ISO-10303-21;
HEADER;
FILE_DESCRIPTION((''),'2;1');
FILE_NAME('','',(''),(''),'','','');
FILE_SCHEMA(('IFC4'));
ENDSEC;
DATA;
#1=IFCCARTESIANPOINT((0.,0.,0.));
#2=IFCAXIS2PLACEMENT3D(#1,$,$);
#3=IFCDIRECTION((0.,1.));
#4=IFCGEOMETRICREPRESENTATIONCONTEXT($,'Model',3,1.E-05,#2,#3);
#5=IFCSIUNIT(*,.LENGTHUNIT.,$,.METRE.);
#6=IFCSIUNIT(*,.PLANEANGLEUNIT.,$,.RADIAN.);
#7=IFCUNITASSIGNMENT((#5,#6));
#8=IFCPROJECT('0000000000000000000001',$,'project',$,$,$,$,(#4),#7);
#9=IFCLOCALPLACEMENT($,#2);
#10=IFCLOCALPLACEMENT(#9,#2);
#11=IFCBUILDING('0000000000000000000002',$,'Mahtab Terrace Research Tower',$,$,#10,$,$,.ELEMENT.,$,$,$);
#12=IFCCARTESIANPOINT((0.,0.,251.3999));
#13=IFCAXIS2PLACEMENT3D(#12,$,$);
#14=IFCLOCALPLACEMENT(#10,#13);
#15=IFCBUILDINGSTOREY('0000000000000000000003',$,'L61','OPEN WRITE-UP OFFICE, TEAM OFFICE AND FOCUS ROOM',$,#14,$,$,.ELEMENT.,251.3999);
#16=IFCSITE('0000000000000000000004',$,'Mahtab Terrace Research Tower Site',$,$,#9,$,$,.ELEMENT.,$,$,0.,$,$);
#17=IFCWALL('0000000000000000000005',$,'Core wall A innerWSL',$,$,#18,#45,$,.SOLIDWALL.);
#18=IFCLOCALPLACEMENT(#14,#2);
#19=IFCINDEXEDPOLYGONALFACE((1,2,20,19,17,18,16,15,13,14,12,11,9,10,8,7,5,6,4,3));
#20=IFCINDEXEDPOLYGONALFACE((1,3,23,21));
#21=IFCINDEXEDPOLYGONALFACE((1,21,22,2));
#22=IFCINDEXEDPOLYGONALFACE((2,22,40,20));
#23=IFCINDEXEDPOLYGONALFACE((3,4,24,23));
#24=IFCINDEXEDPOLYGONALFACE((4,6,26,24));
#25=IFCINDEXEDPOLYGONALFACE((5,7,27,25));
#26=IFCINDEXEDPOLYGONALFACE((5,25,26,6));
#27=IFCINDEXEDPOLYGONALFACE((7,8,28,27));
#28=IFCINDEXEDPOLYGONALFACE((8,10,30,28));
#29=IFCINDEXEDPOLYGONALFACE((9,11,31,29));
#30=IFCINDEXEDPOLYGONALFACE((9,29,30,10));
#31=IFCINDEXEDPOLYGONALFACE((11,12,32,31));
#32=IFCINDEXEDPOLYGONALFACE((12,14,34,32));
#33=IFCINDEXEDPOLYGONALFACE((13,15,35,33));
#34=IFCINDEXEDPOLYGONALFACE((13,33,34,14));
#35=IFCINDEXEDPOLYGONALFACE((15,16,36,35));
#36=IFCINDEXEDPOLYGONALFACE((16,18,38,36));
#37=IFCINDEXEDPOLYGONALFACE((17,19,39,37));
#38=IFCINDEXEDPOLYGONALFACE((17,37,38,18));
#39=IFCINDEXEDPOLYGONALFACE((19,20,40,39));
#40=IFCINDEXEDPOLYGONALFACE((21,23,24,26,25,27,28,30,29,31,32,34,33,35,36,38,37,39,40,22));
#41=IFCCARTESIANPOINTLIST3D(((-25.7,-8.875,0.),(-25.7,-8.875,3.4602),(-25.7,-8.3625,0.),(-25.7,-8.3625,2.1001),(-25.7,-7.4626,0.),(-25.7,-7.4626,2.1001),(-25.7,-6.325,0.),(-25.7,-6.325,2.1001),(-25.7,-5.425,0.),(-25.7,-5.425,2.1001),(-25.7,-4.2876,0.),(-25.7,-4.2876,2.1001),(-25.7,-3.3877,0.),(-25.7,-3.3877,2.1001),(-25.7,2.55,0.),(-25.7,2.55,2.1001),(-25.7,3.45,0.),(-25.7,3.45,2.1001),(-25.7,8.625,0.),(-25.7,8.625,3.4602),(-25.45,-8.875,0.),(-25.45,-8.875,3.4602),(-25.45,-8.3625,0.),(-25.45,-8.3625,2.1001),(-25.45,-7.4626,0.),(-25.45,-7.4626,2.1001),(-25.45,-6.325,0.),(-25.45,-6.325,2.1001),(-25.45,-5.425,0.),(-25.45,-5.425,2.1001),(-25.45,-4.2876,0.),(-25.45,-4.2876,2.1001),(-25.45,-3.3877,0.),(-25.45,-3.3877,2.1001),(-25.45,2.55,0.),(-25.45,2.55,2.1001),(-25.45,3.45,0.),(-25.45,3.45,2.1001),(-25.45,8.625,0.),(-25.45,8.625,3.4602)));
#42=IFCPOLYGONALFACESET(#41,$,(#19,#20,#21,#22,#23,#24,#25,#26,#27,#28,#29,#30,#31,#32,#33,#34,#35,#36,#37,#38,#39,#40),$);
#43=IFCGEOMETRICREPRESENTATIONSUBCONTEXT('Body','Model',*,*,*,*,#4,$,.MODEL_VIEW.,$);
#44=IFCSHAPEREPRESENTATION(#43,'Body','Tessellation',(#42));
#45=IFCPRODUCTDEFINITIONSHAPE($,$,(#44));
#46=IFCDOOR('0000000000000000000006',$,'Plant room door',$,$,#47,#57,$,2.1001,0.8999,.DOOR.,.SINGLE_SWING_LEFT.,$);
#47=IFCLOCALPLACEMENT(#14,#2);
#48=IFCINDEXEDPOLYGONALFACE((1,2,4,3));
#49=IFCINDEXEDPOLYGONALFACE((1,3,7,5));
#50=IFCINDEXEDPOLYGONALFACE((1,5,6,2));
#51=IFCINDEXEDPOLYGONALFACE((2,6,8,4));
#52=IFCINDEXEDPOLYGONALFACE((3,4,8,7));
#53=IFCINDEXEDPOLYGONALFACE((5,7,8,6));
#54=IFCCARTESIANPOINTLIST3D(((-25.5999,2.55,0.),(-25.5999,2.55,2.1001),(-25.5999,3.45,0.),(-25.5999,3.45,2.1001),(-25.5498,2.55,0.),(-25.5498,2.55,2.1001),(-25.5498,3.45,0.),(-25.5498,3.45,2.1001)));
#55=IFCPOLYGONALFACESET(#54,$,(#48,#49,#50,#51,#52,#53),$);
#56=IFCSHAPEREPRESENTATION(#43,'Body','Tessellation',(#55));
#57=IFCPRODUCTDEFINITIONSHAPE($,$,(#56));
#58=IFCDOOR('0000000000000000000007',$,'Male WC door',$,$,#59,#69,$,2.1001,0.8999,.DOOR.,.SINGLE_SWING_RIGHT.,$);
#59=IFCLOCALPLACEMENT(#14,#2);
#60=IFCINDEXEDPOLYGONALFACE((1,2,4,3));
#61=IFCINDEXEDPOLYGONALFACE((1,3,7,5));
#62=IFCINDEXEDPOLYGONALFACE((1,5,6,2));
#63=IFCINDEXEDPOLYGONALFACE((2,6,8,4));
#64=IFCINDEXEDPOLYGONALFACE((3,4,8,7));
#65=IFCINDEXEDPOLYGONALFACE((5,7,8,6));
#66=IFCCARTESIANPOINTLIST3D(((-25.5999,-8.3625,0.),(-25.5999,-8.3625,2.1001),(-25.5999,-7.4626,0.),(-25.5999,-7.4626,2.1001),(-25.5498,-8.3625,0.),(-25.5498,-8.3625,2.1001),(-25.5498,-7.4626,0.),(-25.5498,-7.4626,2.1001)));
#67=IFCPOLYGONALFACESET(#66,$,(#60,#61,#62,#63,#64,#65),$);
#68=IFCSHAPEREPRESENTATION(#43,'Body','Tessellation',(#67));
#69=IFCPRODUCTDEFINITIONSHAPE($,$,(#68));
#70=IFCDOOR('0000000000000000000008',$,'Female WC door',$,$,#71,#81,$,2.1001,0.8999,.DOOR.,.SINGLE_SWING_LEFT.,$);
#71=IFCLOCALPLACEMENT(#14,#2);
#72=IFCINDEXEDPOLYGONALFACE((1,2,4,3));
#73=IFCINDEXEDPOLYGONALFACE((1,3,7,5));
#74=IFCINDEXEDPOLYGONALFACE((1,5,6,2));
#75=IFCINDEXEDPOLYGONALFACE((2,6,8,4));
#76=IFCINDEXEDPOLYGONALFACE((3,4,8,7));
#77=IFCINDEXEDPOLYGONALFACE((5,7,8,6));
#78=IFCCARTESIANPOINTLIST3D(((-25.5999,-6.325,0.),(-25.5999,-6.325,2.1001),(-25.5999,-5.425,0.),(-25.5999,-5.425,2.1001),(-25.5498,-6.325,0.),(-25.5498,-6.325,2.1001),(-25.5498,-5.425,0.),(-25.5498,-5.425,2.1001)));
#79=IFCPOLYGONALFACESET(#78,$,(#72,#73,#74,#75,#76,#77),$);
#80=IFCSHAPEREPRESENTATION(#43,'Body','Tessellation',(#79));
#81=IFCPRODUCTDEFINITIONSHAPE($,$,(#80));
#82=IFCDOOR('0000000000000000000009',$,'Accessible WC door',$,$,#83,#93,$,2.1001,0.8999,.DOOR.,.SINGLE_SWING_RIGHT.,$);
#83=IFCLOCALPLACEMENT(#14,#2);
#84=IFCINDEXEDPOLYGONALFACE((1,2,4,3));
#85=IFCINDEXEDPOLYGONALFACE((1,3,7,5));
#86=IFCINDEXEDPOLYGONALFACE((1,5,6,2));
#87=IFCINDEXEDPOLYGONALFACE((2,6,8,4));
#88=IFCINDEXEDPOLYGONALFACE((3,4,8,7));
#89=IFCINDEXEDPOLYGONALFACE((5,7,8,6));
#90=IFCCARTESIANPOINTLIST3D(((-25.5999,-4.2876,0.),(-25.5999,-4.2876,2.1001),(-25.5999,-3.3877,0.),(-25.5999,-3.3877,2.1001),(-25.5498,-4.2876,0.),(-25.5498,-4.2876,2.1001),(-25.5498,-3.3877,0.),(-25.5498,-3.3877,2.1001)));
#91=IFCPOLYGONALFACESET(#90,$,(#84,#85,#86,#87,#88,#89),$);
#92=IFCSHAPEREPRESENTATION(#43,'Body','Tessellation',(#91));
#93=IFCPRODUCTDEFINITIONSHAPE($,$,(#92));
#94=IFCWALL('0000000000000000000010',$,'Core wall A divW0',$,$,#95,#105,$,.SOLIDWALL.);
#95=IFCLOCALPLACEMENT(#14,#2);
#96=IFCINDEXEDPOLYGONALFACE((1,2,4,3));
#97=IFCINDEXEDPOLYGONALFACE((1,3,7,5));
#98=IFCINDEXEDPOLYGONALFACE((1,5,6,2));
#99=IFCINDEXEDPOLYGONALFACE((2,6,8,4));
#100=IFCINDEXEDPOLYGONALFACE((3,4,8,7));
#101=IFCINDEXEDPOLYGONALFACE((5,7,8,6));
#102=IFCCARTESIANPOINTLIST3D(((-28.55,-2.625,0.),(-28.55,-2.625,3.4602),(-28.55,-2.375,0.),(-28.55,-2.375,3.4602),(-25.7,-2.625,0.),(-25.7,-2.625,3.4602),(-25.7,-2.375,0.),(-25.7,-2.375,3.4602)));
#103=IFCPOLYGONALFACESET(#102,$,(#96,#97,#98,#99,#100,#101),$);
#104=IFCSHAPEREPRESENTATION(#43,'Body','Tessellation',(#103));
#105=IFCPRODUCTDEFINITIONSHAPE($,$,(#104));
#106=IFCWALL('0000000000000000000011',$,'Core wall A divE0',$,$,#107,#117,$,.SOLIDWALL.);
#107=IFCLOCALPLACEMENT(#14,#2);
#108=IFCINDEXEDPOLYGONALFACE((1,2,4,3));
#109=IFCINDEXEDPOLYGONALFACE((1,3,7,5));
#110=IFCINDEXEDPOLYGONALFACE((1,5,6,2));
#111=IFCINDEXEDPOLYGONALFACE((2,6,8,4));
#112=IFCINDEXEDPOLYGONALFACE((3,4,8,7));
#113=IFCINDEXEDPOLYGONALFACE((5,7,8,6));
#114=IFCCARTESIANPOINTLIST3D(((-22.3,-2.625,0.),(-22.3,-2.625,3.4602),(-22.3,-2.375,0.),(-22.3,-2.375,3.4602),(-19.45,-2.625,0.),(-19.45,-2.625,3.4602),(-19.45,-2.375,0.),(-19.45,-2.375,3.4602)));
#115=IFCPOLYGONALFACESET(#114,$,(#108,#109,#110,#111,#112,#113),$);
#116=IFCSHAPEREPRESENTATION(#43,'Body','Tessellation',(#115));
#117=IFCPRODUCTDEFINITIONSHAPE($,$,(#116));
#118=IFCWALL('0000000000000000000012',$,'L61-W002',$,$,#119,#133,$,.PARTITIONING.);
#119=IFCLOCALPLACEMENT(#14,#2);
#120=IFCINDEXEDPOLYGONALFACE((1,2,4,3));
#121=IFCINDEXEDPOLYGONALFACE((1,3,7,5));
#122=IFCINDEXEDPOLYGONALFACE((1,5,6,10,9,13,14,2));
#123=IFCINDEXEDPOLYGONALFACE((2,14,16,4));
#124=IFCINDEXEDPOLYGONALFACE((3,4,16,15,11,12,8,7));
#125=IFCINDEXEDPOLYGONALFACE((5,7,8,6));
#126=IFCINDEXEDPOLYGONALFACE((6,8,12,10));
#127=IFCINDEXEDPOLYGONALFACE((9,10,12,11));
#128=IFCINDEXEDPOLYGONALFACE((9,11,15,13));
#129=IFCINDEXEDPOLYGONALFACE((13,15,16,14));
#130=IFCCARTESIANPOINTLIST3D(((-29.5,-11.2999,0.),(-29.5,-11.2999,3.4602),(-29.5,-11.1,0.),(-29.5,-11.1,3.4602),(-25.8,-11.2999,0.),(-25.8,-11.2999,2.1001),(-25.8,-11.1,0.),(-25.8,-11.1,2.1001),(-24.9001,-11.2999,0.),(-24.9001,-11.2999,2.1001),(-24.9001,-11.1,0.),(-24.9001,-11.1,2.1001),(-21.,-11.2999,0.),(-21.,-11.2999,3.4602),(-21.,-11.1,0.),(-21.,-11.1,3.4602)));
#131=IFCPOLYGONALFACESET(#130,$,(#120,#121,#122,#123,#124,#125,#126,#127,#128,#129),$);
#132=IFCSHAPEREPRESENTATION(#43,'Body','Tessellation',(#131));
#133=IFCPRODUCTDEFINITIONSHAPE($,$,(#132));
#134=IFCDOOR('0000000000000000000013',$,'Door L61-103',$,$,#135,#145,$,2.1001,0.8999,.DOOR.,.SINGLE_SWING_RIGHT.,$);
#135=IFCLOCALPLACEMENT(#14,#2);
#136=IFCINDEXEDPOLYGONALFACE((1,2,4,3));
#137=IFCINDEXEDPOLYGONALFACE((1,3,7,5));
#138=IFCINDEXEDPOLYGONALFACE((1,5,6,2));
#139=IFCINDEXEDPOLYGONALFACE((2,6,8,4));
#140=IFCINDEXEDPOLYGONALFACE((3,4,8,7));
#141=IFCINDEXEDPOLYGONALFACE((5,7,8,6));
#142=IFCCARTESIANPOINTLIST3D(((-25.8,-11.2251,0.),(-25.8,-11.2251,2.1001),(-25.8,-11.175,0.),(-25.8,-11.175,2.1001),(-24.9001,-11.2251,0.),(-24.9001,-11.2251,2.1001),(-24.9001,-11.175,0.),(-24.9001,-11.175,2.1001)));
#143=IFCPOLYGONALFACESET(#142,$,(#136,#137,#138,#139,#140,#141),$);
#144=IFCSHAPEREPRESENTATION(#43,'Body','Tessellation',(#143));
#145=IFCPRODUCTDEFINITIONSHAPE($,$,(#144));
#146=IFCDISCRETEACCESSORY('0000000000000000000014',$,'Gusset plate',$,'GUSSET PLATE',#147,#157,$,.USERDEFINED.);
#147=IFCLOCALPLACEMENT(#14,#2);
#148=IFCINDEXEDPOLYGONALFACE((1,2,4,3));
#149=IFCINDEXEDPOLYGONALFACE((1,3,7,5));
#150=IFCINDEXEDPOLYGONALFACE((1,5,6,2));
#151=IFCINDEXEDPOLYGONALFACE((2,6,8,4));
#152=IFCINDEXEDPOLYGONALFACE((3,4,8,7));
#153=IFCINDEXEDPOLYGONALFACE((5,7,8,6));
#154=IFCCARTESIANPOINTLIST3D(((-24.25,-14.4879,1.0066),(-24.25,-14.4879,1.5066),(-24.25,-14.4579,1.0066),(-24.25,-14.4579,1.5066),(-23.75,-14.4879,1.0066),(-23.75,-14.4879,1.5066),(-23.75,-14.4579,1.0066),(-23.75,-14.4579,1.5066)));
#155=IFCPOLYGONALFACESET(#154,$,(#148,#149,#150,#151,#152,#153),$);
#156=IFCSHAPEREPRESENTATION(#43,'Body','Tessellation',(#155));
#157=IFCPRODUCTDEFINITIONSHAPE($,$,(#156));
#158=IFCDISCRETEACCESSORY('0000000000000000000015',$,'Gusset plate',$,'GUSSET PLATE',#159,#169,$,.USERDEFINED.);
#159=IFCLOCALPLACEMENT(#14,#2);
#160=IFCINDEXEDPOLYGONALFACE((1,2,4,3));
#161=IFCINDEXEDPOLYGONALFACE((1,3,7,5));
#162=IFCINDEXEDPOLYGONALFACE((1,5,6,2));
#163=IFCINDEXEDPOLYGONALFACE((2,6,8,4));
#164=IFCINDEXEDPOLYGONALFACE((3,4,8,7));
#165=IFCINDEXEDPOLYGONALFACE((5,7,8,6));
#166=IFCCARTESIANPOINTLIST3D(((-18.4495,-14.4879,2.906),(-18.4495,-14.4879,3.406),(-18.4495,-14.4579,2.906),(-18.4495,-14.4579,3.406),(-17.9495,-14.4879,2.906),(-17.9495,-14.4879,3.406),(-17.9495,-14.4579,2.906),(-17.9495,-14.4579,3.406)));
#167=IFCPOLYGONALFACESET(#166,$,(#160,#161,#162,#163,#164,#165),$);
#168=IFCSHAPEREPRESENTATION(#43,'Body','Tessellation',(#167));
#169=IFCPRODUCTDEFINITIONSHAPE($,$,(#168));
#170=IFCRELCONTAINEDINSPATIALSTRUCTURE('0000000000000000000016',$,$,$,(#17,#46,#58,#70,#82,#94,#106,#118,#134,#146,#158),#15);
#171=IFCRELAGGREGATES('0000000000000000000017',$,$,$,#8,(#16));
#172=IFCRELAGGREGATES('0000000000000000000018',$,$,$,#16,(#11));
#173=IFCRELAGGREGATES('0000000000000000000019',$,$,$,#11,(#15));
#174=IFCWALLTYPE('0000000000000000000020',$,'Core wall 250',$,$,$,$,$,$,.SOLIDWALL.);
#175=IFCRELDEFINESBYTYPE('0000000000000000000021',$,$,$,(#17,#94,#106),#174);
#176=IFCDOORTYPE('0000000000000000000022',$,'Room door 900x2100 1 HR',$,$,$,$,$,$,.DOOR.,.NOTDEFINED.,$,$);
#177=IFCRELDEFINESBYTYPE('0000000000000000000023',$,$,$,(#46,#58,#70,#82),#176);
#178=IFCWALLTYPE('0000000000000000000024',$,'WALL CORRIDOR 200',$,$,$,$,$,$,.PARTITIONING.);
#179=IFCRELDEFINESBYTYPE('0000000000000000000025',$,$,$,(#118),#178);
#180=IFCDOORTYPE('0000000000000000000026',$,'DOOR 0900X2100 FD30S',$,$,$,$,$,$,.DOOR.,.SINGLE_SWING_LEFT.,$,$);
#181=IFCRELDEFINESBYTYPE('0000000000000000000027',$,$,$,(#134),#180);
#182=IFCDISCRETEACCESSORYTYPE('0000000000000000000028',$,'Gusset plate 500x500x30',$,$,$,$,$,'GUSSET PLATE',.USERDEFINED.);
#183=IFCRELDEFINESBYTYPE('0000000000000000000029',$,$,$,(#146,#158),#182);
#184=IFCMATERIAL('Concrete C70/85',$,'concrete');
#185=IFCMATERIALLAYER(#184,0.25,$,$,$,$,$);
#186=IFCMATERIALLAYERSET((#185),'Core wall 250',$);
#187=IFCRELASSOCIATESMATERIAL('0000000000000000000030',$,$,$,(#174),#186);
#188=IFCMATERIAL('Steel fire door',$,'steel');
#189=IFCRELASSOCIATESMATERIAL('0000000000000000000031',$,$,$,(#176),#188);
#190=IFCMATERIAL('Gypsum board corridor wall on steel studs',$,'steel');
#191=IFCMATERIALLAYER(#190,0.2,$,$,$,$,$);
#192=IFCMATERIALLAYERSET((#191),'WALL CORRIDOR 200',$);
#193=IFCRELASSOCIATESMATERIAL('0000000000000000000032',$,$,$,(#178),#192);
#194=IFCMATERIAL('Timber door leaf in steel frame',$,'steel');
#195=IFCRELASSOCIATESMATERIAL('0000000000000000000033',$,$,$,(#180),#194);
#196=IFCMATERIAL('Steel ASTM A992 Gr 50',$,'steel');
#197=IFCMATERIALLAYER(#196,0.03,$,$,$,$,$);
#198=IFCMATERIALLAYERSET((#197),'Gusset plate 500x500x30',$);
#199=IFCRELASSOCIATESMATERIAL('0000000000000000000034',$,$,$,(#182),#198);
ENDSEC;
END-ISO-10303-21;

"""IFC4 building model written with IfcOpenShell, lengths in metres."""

from ifc_helpers import new_model, si_unit, direction, frame, frame_2d, origin, origin_2d, place, context, subcontext, project, spatial, rectangle, extrude, material, layer, layer_set, type_object, element, fill, save


model = new_model("IFC4")

# Units and contexts
model_context = context("Model", 3, precision=1e-05, world=origin(), true_north=direction((0.0, 1.0)))
body_context = subcontext(model_context, "Body", "Model", "MODEL_VIEW")
ifc_project = project(units=[si_unit("LENGTHUNIT", "METRE"), si_unit("PLANEANGLEUNIT", "RADIAN")], contexts=[model_context])

# Site, building, storey
site_placement = place(None, origin())
site = spatial("IfcSite", under=ifc_project, at=site_placement, Name="Mahtab Terrace Research Tower Site", CompositionType="ELEMENT", RefElevation=0.0)
building_placement = place(site_placement, origin())
building = spatial("IfcBuilding", under=site, at=building_placement, Name="Mahtab Terrace Research Tower", CompositionType="ELEMENT")
storey_placement = place(building_placement, frame((0.0, 0.0, 251.3999)))
storey = spatial("IfcBuildingStorey", under=building, at=storey_placement, Name="L61", Description="OPEN WRITE-UP OFFICE, TEAM OFFICE AND FOCUS ROOM", CompositionType="ELEMENT", Elevation=251.3999)

# Shared definitions
ifc_material_1 = material(Name="Concrete C70/85", Category="concrete")
ifc_material_2 = material(Name="Steel ASTM A992 Gr 50", Category="steel")

# Shared definitions
ifc_layer_1 = layer(ifc_material_1, 0.25)
ifc_layer_set_1 = layer_set([ifc_layer_1], Name="Core wall 250")
wall_type_1 = type_object("IfcWallType", Name="Core wall 250", PredefinedType="SOLIDWALL", material=ifc_layer_set_1)

# Shared definitions
ifc_material_3 = material(Name="Steel fire door", Category="steel")

# Wall, openings, doors
wall_1_placement = place(storey_placement, frame((-25.575, -8.875, 0.0), z_axis=(0.0, 0.0, 1.0), x_axis=(0.0, 1.0, 0.0)))
wall_1 = element("IfcWall", 1, at=wall_1_placement, inside=storey, type_object=wall_type_1, Name="Core wall A innerWSL", PredefinedType="SOLIDWALL", context=body_context, shape_type="SweptSolid", body=[
    extrude(rectangle(XDim=17.5, YDim=0.25, at=frame_2d((8.75, 0.0))), origin(), (0.0, 0.0, 1.0), 3.4602),
])
opening_1_placement = place(wall_1_placement, frame((11.425, 0.0, 0.0)))
opening_1 = element("IfcOpeningElement", 2, at=opening_1_placement, cuts=wall_1, PredefinedType="OPENING", context=body_context, shape_type="SweptSolid", body=[
    extrude(rectangle(XDim=0.8999, YDim=2.1001, at=frame_2d((0.45, 1.05))), frame((0.0, 0.135, 0.0), z_axis=(0.0, -1.0, 0.0), x_axis=(1.0, 0.0, 0.0)), (0.0, 0.0, 1.0), 0.27),
])
opening_2_placement = place(wall_1_placement, frame((0.5125, 0.0, 0.0)))
opening_2 = element("IfcOpeningElement", 3, at=opening_2_placement, cuts=wall_1, PredefinedType="OPENING", context=body_context, shape_type="SweptSolid", body=[
    extrude(rectangle(XDim=0.8999, YDim=2.1001, at=frame_2d((0.45, 1.05))), frame((0.0, 0.135, 0.0), z_axis=(0.0, -1.0, 0.0), x_axis=(1.0, 0.0, 0.0)), (0.0, 0.0, 1.0), 0.27),
])
opening_3_placement = place(wall_1_placement, frame((2.55, 0.0, 0.0)))
opening_3 = element("IfcOpeningElement", 4, at=opening_3_placement, cuts=wall_1, PredefinedType="OPENING", context=body_context, shape_type="SweptSolid", body=[
    extrude(rectangle(XDim=0.8999, YDim=2.1001, at=frame_2d((0.45, 1.05))), frame((0.0, 0.135, 0.0), z_axis=(0.0, -1.0, 0.0), x_axis=(1.0, 0.0, 0.0)), (0.0, 0.0, 1.0), 0.27),
])
opening_4_placement = place(wall_1_placement, frame((4.5874, 0.0, 0.0)))
opening_4 = element("IfcOpeningElement", 5, at=opening_4_placement, cuts=wall_1, PredefinedType="OPENING", context=body_context, shape_type="SweptSolid", body=[
    extrude(rectangle(XDim=0.8999, YDim=2.1001, at=frame_2d((0.45, 1.05))), frame((0.0, 0.135, 0.0), z_axis=(0.0, -1.0, 0.0), x_axis=(1.0, 0.0, 0.0)), (0.0, 0.0, 1.0), 0.27),
])
door_type_1 = type_object("IfcDoorType", Name="Room door 900x2100 1 HR", OperationType="NOTDEFINED", PredefinedType="DOOR", material=ifc_material_3)
door_1_placement = place(opening_1_placement, origin())
door_1 = element("IfcDoor", 6, at=door_1_placement, inside=storey, type_object=door_type_1, Name="Plant room door", OperationType="SINGLE_SWING_LEFT", OverallHeight=2.1001, OverallWidth=0.8999, PredefinedType="DOOR", context=body_context, shape_type="SweptSolid", body=[
    extrude(rectangle(XDim=0.8999, YDim=2.1001, at=frame_2d((0.45, 1.05))), frame((0.0, 0.0249, 0.0), z_axis=(0.0, -1.0, 0.0), x_axis=(1.0, 0.0, 0.0)), (0.0, 0.0, 1.0), 0.05),
])
fill(opening_1, door_1)
door_2_placement = place(opening_2_placement, origin())
door_2 = element("IfcDoor", 7, at=door_2_placement, inside=storey, type_object=door_type_1, Name="Male WC door", OperationType="SINGLE_SWING_RIGHT", OverallHeight=2.1001, OverallWidth=0.8999, PredefinedType="DOOR", context=body_context, shape_type="SweptSolid", body=[
    extrude(rectangle(XDim=0.8999, YDim=2.1001, at=frame_2d((0.45, 1.05))), frame((0.0, 0.0249, 0.0), z_axis=(0.0, -1.0, 0.0), x_axis=(1.0, 0.0, 0.0)), (0.0, 0.0, 1.0), 0.05),
])
fill(opening_2, door_2)
door_3_placement = place(opening_3_placement, origin())
door_3 = element("IfcDoor", 8, at=door_3_placement, inside=storey, type_object=door_type_1, Name="Female WC door", OperationType="SINGLE_SWING_LEFT", OverallHeight=2.1001, OverallWidth=0.8999, PredefinedType="DOOR", context=body_context, shape_type="SweptSolid", body=[
    extrude(rectangle(XDim=0.8999, YDim=2.1001, at=frame_2d((0.45, 1.05))), frame((0.0, 0.0249, 0.0), z_axis=(0.0, -1.0, 0.0), x_axis=(1.0, 0.0, 0.0)), (0.0, 0.0, 1.0), 0.05),
])
fill(opening_3, door_3)
door_4_placement = place(opening_4_placement, origin())
door_4 = element("IfcDoor", 9, at=door_4_placement, inside=storey, type_object=door_type_1, Name="Accessible WC door", OperationType="SINGLE_SWING_RIGHT", OverallHeight=2.1001, OverallWidth=0.8999, PredefinedType="DOOR", context=body_context, shape_type="SweptSolid", body=[
    extrude(rectangle(XDim=0.8999, YDim=2.1001, at=frame_2d((0.45, 1.05))), frame((0.0, 0.0249, 0.0), z_axis=(0.0, -1.0, 0.0), x_axis=(1.0, 0.0, 0.0)), (0.0, 0.0, 1.0), 0.05),
])
fill(opening_4, door_4)

# Walls
for number, where, z_axis, x_axis, name in (
    (10, (-28.55, -2.5, 0.0), (0.0, 0.0, 1.0), (1.0, 0.0, 0.0), "Core wall A divW0"),
    (11, (-22.3, -2.5, 0.0), (0.0, 0.0, 1.0), (1.0, 0.0, 0.0), "Core wall A divE0"),
):
    element("IfcWall", number, at=place(storey_placement, frame(where, z_axis=z_axis, x_axis=x_axis)), inside=storey, type_object=wall_type_1, Name=name, PredefinedType="SOLIDWALL", context=body_context, shape_type="SweptSolid", body=[
        extrude(rectangle(XDim=2.8501, YDim=0.25, at=frame_2d((1.425, 0.0))), origin(), (0.0, 0.0, 1.0), 3.4602),
    ])

# Wall, opening, door
ifc_material_4 = material(Name="Gypsum board corridor wall on steel studs", Category="steel")
ifc_layer_2 = layer(ifc_material_4, 0.2)
ifc_layer_set_2 = layer_set([ifc_layer_2], Name="WALL CORRIDOR 200")
wall_type_2 = type_object("IfcWallType", Name="WALL CORRIDOR 200", PredefinedType="PARTITIONING", material=ifc_layer_set_2)
wall_2_placement = place(storey_placement, frame((-29.5, -11.2, 0.0), z_axis=(0.0, 0.0, 1.0), x_axis=(1.0, 0.0, 0.0)))
wall_2 = element("IfcWall", 12, at=wall_2_placement, inside=storey, type_object=wall_type_2, Name="L61-W002", PredefinedType="PARTITIONING", context=body_context, shape_type="SweptSolid", body=[
    extrude(rectangle(XDim=8.5, YDim=0.2, at=frame_2d((4.25, 0.0))), origin(), (0.0, 0.0, 1.0), 3.4602),
])
opening_5_placement = place(wall_2_placement, frame((3.7, 0.0, 0.0)))
opening_5 = element("IfcOpeningElement", 13, at=opening_5_placement, cuts=wall_2, PredefinedType="OPENING", context=body_context, shape_type="SweptSolid", body=[
    extrude(rectangle(XDim=0.8999, YDim=2.1001, at=frame_2d((0.45, 1.05))), frame((0.0, 0.1099, 0.0), z_axis=(0.0, -1.0, 0.0), x_axis=(1.0, 0.0, 0.0)), (0.0, 0.0, 1.0), 0.22),
])
ifc_material_5 = material(Name="Timber door leaf in steel frame", Category="steel")
door_type_2 = type_object("IfcDoorType", Name="DOOR 0900X2100 FD30S", OperationType="SINGLE_SWING_LEFT", PredefinedType="DOOR", material=ifc_material_5)
door_5_placement = place(opening_5_placement, origin())
door_5 = element("IfcDoor", 14, at=door_5_placement, inside=storey, type_object=door_type_2, Name="Door L61-103", OperationType="SINGLE_SWING_RIGHT", OverallHeight=2.1001, OverallWidth=0.8999, PredefinedType="DOOR", context=body_context, shape_type="SweptSolid", body=[
    extrude(rectangle(XDim=0.8999, YDim=2.1001, at=frame_2d((0.45, 1.05))), frame((0.0, 0.0249, 0.0), z_axis=(0.0, -1.0, 0.0), x_axis=(1.0, 0.0, 0.0)), (0.0, 0.0, 1.0), 0.05),
])
fill(opening_5, door_5)

# Discrete accessories
ifc_layer_3 = layer(ifc_material_2, 0.03)
ifc_layer_set_3 = layer_set([ifc_layer_3], Name="Gusset plate 500x500x30")
discrete_accessory_type = type_object("IfcDiscreteAccessoryType", Name="Gusset plate 500x500x30", ElementType="GUSSET PLATE", PredefinedType="USERDEFINED", material=ifc_layer_set_3)
for number, where, z_axis, x_axis, name in (
    (15, (-24.0, -14.4729, 1.0066), (0.0, 0.0, 1.0), (1.0, 0.0, 0.0), "Gusset plate"),
    (16, (-18.1995, -14.4729, 2.906), (0.0, 0.0, 1.0), (1.0, 0.0, 0.0), "Gusset plate"),
):
    element("IfcDiscreteAccessory", number, at=place(storey_placement, frame(where, z_axis=z_axis, x_axis=x_axis)), inside=storey, type_object=discrete_accessory_type, Name=name, ObjectType="GUSSET PLATE", PredefinedType="USERDEFINED", context=body_context, shape_type="SweptSolid", body=[
        extrude(rectangle(XDim=0.5, YDim=0.03, at=origin_2d()), origin(), (0.0, 0.0, 1.0), 0.5),
    ])

save(model, "model.ifc")
